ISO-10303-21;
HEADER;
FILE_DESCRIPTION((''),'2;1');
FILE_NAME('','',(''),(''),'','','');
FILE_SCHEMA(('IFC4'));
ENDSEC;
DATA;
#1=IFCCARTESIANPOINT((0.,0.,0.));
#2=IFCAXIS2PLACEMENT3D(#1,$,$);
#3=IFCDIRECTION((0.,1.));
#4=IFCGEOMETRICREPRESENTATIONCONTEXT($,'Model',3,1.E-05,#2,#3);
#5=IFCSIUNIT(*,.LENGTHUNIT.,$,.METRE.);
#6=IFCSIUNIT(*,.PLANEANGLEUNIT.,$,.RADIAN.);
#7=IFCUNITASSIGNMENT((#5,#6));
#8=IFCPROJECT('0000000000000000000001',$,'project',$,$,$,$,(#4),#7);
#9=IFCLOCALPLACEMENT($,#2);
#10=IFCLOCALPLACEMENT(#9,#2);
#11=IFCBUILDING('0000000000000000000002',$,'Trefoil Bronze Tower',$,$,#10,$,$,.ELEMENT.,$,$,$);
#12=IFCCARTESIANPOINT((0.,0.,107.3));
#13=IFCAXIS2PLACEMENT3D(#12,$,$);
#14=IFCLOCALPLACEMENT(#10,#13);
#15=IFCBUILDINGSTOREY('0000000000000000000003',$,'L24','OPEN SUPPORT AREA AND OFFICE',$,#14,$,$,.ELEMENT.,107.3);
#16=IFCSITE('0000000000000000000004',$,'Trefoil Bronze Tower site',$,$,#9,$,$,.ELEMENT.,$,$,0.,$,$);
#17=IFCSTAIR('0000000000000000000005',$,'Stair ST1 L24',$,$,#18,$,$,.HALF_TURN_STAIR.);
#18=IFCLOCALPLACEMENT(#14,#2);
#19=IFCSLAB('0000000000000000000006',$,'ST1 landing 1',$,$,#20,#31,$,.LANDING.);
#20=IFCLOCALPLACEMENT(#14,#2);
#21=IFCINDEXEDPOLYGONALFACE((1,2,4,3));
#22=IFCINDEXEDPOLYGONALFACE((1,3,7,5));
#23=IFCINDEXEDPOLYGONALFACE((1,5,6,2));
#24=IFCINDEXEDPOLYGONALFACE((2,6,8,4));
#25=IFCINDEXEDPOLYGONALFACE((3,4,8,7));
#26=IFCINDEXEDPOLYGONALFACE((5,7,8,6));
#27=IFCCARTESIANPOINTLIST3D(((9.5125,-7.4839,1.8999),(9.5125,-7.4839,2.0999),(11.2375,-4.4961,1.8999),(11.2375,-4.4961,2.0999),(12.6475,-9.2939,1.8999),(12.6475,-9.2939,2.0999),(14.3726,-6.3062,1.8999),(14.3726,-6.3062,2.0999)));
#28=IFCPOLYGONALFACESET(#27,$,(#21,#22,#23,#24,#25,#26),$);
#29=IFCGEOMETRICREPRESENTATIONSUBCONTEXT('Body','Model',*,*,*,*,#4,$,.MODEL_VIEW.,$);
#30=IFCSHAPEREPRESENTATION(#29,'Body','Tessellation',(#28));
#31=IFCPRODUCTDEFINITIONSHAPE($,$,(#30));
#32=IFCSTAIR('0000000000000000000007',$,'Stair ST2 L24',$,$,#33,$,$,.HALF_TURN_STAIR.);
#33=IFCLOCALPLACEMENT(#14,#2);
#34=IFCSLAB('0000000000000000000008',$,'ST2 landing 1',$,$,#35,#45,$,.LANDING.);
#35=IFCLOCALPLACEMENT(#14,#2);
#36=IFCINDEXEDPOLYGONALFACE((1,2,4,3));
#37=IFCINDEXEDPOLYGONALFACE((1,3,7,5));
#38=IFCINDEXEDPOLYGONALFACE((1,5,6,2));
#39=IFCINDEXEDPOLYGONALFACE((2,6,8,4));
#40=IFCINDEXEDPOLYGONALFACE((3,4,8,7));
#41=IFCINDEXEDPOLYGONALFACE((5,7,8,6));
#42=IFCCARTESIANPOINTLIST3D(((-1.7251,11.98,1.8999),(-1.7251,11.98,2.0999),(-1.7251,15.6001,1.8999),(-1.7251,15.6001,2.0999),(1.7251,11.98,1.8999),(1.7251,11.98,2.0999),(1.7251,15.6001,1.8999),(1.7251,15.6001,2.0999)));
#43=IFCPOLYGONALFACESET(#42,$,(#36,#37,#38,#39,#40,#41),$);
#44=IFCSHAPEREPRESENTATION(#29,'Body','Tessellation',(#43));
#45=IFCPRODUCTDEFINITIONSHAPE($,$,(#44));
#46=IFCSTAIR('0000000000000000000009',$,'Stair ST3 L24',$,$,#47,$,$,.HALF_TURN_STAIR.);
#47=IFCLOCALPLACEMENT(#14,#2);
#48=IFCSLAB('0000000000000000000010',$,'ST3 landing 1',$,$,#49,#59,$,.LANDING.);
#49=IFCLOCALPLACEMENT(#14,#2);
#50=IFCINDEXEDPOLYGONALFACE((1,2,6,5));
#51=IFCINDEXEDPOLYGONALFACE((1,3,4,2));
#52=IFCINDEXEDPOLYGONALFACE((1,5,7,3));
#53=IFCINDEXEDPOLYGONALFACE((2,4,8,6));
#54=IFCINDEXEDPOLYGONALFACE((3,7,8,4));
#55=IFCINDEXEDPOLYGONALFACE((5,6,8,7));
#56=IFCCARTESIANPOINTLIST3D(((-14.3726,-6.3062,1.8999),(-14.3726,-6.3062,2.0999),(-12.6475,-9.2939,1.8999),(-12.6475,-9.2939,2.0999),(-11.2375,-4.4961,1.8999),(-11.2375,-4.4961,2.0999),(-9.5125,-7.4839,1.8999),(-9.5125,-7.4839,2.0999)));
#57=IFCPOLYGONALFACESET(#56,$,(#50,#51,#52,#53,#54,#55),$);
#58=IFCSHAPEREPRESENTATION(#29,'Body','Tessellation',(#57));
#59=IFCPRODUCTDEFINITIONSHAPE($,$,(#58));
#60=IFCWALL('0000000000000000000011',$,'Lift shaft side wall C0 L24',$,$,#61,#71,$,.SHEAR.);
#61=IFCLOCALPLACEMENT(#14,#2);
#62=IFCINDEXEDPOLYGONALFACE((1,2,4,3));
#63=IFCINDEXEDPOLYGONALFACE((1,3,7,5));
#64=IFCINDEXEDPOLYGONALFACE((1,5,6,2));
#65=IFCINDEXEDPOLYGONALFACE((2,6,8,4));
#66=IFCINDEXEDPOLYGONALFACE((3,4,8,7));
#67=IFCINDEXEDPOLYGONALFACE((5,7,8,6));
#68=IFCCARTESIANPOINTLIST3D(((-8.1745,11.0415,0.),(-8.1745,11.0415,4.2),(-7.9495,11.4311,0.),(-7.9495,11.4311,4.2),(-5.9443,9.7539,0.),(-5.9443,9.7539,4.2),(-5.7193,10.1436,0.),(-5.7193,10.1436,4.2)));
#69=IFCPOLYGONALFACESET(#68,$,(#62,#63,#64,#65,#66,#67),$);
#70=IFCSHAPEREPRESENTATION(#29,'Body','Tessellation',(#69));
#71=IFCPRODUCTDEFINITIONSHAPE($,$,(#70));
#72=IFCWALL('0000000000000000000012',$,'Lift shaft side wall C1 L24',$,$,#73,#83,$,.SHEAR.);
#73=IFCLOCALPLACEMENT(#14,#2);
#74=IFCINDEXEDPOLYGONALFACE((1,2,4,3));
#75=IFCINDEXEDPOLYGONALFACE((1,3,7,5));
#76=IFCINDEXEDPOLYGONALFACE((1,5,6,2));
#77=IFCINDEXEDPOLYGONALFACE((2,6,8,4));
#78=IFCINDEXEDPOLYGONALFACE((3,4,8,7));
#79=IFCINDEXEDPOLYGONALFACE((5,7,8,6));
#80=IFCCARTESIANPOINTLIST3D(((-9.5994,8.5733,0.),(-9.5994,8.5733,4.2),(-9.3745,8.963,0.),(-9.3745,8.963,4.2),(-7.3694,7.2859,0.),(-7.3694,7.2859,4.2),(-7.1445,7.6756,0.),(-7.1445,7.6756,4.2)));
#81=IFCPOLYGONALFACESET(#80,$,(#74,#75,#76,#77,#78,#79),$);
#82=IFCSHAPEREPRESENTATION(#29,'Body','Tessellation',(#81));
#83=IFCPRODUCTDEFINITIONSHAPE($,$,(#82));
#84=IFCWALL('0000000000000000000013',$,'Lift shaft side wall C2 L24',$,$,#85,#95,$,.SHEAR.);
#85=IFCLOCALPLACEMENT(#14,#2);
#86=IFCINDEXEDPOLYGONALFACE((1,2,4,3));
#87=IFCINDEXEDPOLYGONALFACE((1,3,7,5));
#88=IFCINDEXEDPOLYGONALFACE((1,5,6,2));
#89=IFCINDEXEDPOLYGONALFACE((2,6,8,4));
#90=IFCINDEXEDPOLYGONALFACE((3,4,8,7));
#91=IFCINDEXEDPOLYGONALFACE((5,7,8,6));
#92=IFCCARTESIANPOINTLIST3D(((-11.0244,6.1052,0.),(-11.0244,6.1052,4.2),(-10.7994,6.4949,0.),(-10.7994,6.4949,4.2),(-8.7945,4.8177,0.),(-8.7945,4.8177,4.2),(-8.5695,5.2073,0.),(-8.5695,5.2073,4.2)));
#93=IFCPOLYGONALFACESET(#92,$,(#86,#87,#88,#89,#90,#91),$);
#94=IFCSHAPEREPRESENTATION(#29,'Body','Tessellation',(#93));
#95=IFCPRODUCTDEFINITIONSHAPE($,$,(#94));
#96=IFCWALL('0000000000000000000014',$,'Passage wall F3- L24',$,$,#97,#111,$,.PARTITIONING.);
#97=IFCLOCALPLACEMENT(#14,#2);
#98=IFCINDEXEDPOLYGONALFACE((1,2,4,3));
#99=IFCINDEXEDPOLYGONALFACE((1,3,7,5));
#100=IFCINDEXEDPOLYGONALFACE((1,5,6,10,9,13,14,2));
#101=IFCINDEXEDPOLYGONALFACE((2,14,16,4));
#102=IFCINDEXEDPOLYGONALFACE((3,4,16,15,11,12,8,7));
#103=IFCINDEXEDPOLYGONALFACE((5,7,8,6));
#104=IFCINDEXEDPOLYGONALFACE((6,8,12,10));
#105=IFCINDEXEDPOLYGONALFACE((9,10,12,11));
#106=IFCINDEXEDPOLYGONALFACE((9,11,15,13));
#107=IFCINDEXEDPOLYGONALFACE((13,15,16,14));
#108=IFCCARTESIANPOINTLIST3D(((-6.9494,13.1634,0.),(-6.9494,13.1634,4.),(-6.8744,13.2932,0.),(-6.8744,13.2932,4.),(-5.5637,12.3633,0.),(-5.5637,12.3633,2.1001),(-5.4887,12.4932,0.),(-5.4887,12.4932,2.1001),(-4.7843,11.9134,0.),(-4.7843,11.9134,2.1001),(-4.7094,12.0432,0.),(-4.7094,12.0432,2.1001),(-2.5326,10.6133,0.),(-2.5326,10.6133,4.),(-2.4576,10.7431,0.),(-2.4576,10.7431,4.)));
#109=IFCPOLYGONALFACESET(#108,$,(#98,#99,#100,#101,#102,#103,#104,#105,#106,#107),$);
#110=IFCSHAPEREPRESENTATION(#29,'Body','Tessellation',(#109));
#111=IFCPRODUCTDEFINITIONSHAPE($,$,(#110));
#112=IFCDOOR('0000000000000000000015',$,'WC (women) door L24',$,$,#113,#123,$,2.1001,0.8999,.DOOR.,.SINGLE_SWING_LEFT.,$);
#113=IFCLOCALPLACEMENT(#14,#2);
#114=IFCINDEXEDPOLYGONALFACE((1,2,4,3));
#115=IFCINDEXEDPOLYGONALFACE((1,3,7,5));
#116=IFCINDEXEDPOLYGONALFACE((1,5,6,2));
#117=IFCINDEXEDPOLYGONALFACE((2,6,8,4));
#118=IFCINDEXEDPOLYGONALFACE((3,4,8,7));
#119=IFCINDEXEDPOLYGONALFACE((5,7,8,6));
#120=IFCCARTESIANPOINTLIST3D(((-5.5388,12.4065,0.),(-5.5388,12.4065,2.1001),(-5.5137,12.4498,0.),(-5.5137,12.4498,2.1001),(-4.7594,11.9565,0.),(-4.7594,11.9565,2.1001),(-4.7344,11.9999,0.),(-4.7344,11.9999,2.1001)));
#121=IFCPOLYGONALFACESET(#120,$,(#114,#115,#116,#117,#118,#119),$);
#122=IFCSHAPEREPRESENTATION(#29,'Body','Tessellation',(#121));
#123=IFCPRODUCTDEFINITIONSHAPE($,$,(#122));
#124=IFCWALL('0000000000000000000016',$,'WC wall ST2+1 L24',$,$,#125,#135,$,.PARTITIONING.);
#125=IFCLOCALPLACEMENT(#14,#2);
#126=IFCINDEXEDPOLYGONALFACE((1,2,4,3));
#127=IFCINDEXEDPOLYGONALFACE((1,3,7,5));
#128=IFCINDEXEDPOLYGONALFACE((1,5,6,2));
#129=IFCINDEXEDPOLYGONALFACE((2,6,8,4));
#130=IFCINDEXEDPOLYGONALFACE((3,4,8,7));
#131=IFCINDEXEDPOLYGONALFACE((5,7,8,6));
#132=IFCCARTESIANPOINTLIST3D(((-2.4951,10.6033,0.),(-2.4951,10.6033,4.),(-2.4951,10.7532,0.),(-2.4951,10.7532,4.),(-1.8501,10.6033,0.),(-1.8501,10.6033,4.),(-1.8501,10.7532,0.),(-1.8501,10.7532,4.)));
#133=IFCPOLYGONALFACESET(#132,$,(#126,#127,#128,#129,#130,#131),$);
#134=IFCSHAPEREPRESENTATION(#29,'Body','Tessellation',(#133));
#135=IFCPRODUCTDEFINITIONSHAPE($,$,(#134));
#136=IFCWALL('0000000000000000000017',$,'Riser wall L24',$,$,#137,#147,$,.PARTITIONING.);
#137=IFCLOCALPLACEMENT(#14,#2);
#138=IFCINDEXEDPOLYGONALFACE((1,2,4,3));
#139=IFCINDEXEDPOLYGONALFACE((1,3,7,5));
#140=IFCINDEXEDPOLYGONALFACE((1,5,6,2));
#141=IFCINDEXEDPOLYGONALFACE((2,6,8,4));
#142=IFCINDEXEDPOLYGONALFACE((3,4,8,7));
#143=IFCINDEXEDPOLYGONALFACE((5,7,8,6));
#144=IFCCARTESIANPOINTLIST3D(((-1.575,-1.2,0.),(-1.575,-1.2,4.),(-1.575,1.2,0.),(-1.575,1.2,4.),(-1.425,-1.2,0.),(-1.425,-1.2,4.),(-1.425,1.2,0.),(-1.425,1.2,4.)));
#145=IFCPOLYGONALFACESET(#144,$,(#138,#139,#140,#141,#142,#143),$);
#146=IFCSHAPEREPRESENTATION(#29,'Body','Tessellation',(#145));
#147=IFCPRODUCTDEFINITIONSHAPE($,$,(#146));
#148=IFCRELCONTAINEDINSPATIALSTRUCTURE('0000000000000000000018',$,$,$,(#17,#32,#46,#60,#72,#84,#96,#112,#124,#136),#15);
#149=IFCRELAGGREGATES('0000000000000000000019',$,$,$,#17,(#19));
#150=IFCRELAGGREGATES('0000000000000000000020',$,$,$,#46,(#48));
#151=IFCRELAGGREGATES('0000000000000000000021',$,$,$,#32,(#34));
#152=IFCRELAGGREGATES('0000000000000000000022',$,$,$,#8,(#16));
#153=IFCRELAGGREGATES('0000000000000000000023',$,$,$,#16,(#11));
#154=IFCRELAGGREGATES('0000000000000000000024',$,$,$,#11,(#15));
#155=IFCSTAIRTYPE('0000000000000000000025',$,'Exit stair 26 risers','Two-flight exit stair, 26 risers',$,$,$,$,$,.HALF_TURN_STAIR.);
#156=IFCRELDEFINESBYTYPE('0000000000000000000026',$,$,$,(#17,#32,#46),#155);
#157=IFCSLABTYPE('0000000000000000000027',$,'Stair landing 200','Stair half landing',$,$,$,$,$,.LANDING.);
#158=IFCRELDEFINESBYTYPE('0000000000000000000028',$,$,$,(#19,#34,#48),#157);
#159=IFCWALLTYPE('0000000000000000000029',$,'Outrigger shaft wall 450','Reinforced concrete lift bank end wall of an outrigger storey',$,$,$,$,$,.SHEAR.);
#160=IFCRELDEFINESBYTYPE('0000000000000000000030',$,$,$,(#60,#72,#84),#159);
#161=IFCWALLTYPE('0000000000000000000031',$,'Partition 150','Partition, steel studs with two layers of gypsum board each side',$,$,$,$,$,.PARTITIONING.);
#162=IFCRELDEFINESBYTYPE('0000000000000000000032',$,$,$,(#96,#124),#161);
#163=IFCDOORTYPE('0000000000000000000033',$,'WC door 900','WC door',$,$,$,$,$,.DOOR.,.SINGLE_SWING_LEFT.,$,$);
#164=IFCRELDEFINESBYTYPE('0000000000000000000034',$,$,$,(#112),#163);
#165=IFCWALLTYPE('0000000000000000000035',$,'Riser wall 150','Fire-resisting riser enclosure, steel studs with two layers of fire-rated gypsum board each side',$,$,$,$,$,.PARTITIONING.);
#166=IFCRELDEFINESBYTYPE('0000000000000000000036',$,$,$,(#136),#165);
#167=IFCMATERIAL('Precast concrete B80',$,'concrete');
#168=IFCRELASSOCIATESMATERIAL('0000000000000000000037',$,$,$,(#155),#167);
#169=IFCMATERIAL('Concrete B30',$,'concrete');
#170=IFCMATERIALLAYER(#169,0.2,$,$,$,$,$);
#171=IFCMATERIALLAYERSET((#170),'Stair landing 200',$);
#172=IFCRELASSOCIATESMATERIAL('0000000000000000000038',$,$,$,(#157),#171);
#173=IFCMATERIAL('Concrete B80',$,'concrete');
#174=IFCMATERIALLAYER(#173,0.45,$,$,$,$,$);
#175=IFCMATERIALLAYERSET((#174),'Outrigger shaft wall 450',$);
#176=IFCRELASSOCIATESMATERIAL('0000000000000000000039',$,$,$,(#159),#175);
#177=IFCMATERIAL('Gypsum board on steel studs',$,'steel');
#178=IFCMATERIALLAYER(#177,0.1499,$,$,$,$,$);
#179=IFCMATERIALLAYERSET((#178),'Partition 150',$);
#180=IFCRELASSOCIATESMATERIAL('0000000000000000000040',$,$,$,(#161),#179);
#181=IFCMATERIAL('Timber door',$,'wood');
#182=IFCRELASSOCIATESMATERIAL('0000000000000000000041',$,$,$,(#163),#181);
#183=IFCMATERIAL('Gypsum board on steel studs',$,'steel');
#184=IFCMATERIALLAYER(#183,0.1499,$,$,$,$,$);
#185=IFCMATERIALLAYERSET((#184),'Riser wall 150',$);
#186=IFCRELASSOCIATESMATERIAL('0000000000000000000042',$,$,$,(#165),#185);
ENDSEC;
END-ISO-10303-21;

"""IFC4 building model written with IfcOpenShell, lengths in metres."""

from ifc_helpers import new_model, si_unit, direction, frame, frame_2d, origin, place, context, subcontext, project, spatial, polyline, rectangle, outline, extrude, material, layer, layer_set, type_object, element, fill, aggregate, save


model = new_model("IFC4")

# Units and contexts
model_context = context("Model", 3, precision=1e-05, world=origin(), true_north=direction((0.0, 1.0)))
body_context = subcontext(model_context, "Body", "Model", "MODEL_VIEW")
ifc_project = project(units=[si_unit("LENGTHUNIT", "METRE"), si_unit("PLANEANGLEUNIT", "RADIAN")], contexts=[model_context])

# Site, building, storey
site_placement = place(None, origin())
site = spatial("IfcSite", under=ifc_project, at=site_placement, Name="Trefoil Bronze Tower site", CompositionType="ELEMENT", RefElevation=0.0)
building_placement = place(site_placement, origin())
building = spatial("IfcBuilding", under=site, at=building_placement, Name="Trefoil Bronze Tower", CompositionType="ELEMENT")
storey_placement = place(building_placement, frame((0.0, 0.0, 107.3)))
storey = spatial("IfcBuildingStorey", under=building, at=storey_placement, Name="L24", Description="OPEN SUPPORT AREA AND OFFICE", CompositionType="ELEMENT", Elevation=107.3)

# Stairs, slabs
ifc_material_1 = material(Name="Precast concrete B80", Category="concrete")
stair_type = type_object("IfcStairType", Name="Exit stair 26 risers", Description="Two-flight exit stair, 26 risers", PredefinedType="HALF_TURN_STAIR", material=ifc_material_1)
stair_1_placement = place(storey_placement, origin())
stair_1 = element("IfcStair", 1, at=stair_1_placement, inside=storey, type_object=stair_type, Name="Stair ST1 L24", PredefinedType="HALF_TURN_STAIR")
ifc_material_2 = material(Name="Concrete B30", Category="concrete")
ifc_layer_1 = layer(ifc_material_2, 0.2)
ifc_layer_set_1 = layer_set([ifc_layer_1], Name="Stair landing 200")
slab_type = type_object("IfcSlabType", Name="Stair landing 200", Description="Stair half landing", PredefinedType="LANDING", material=ifc_layer_set_1)
slab_1_placement = place(storey_placement, frame((0.0, 0.0, 1.8999)))
slab_1 = element("IfcSlab", 2, at=slab_1_placement, type_object=slab_type, Name="ST1 landing 1", PredefinedType="LANDING", context=body_context, shape_type="SweptSolid", body=[
    extrude(outline(polyline([(9.5125, -7.4839), (12.6475, -9.2939), (14.3726, -6.3062), (11.2375, -4.4961), (9.5125, -7.4839)])), origin(), (0.0, 0.0, 1.0), 0.2),
])
aggregate(stair_1, [slab_1])
stair_2_placement = place(storey_placement, origin())
stair_2 = element("IfcStair", 3, at=stair_2_placement, inside=storey, type_object=stair_type, Name="Stair ST2 L24", PredefinedType="HALF_TURN_STAIR")
slab_2_placement = place(storey_placement, frame((0.0, 0.0, 1.8999)))
slab_2 = element("IfcSlab", 4, at=slab_2_placement, type_object=slab_type, Name="ST2 landing 1", PredefinedType="LANDING", context=body_context, shape_type="SweptSolid", body=[
    extrude(outline(polyline([(1.7251, 11.98), (1.7251, 15.6001), (-1.7251, 15.6001), (-1.7251, 11.98), (1.7251, 11.98)])), origin(), (0.0, 0.0, 1.0), 0.2),
])
stair_3_placement = place(storey_placement, origin())
stair_3 = element("IfcStair", 5, at=stair_3_placement, inside=storey, type_object=stair_type, Name="Stair ST3 L24", PredefinedType="HALF_TURN_STAIR")
slab_3_placement = place(storey_placement, frame((0.0, 0.0, 1.8999)))
slab_3 = element("IfcSlab", 6, at=slab_3_placement, type_object=slab_type, Name="ST3 landing 1", PredefinedType="LANDING", context=body_context, shape_type="SweptSolid", body=[
    extrude(outline(polyline([(-11.2375, -4.4961), (-14.3726, -6.3062), (-12.6475, -9.2939), (-9.5125, -7.4839), (-11.2375, -4.4961)])), origin(), (0.0, 0.0, 1.0), 0.2),
])
aggregate(stair_3, [slab_3])

# Walls
ifc_material_3 = material(Name="Concrete B80", Category="concrete")
ifc_layer_2 = layer(ifc_material_3, 0.45)
ifc_layer_set_2 = layer_set([ifc_layer_2], Name="Outrigger shaft wall 450")
wall_type_1 = type_object("IfcWallType", Name="Outrigger shaft wall 450", Description="Reinforced concrete lift bank end wall of an outrigger storey", PredefinedType="SHEAR", material=ifc_layer_set_2)
wall_1_placement = place(storey_placement, frame((-5.8318, 9.9487, 0.0), z_axis=(0.0, 0.0, 1.0), x_axis=(-0.866029, 0.499993, 0.0)))
element("IfcWall", 7, at=wall_1_placement, inside=storey, type_object=wall_type_1, Name="Lift shaft side wall C0 L24", PredefinedType="SHEAR", context=body_context, shape_type="SweptSolid", body=[
    extrude(rectangle(XDim=2.5752, YDim=0.45, at=frame_2d((1.2876, 0.0))), origin(), (0.0, 0.0, 1.0), 4.2),
])
for number, where, z_axis, x_axis, name in (
    (8, (-7.2568, 7.4807, 0.0), (0.0, 0.0, 1.0), (-0.866047, 0.499963, 0.0), "Lift shaft side wall C1 L24"),
    (9, (-8.6819, 5.0125, 0.0), (0.0, 0.0, 1.0), (-0.866006, 0.500034, 0.0), "Lift shaft side wall C2 L24"),
):
    element("IfcWall", number, at=place(storey_placement, frame(where, z_axis=z_axis, x_axis=x_axis)), inside=storey, type_object=wall_type_1, Name=name, PredefinedType="SHEAR", context=body_context, shape_type="SweptSolid", body=[
        extrude(rectangle(XDim=2.575, YDim=0.45, at=frame_2d((1.2876, 0.0))), origin(), (0.0, 0.0, 1.0), 4.2),
    ])

# Wall, opening, door
ifc_material_4 = material(Name="Gypsum board on steel studs", Category="steel")
ifc_layer_3 = layer(ifc_material_4, 0.1499)
ifc_layer_set_3 = layer_set([ifc_layer_3], Name="Partition 150")
wall_type_2 = type_object("IfcWallType", Name="Partition 150", Description="Partition, steel studs with two layers of gypsum board each side", PredefinedType="PARTITIONING", material=ifc_layer_set_3)
wall_2_placement = place(storey_placement, frame((-2.4951, 10.6782, 0.0), z_axis=(0.0, 0.0, 1.0), x_axis=(-0.866022, 0.500006, 0.0)))
wall_2 = element("IfcWall", 10, at=wall_2_placement, inside=storey, type_object=wall_type_2, Name="Passage wall F3- L24", PredefinedType="PARTITIONING", context=body_context, shape_type="SweptSolid", body=[
    extrude(rectangle(XDim=5.1001, YDim=0.1499, at=frame_2d((2.55, 0.0))), origin(), (0.0, 0.0, 1.0), 4.0),
])
opening_1_placement = place(wall_2_placement, frame((2.6001, 0.0, 0.0)))
opening_1 = element("IfcOpeningElement", 11, at=opening_1_placement, cuts=wall_2, PredefinedType="OPENING", context=body_context, shape_type="SweptSolid", body=[
    extrude(rectangle(XDim=0.8999, YDim=2.1001, at=frame_2d((0.45, 1.05))), frame((0.0, 0.085, 0.0), z_axis=(0.0, -1.0, 0.0), x_axis=(1.0, 0.0, 0.0)), (0.0, 0.0, 1.0), 0.1699),
])
ifc_material_5 = material(Name="Timber door", Category="wood")
door_type_1 = type_object("IfcDoorType", Name="WC door 900", Description="WC door", OperationType="SINGLE_SWING_LEFT", PredefinedType="DOOR", material=ifc_material_5)
door_1_placement = place(opening_1_placement, frame((0.8999, 0.0, 0.0), z_axis=(0.0, 0.0, 1.0), x_axis=(-1.0, 0.0, 0.0)))
door_1 = element("IfcDoor", 12, at=door_1_placement, inside=storey, type_object=door_type_1, Name="WC (women) door L24", OperationType="SINGLE_SWING_LEFT", OverallHeight=2.1001, OverallWidth=0.8999, PredefinedType="DOOR", context=body_context, shape_type="SweptSolid", body=[
    extrude(rectangle(XDim=0.8999, YDim=2.1001, at=frame_2d((0.45, 1.05))), frame((0.0, 0.0249, 0.0), z_axis=(0.0, -1.0, 0.0), x_axis=(1.0, 0.0, 0.0)), (0.0, 0.0, 1.0), 0.05),
])
fill(opening_1, door_1)

# Walls
wall_3_placement = place(storey_placement, frame((-2.4951, 10.6782, 0.0), z_axis=(0.0, 0.0, 1.0), x_axis=(1.0, 0.0, 0.0)))
element("IfcWall", 13, at=wall_3_placement, inside=storey, type_object=wall_type_2, Name="WC wall ST2+1 L24", PredefinedType="PARTITIONING", context=body_context, shape_type="SweptSolid", body=[
    extrude(rectangle(XDim=0.645, YDim=0.1499, at=frame_2d((0.3225, 0.0))), origin(), (0.0, 0.0, 1.0), 4.0),
])
ifc_material_6 = material(Name="Gypsum board on steel studs", Category="steel")
ifc_layer_4 = layer(ifc_material_6, 0.1499)
ifc_layer_set_4 = layer_set([ifc_layer_4], Name="Riser wall 150")
wall_type_3 = type_object("IfcWallType", Name="Riser wall 150", Description="Fire-resisting riser enclosure, steel studs with two layers of fire-rated gypsum board each side", PredefinedType="PARTITIONING", material=ifc_layer_set_4)
wall_4_placement = place(storey_placement, frame((-1.5, 1.2, 0.0), z_axis=(0.0, 0.0, 1.0), x_axis=(0.0, -1.0, 0.0)))
element("IfcWall", 14, at=wall_4_placement, inside=storey, type_object=wall_type_3, Name="Riser wall L24", PredefinedType="PARTITIONING", context=body_context, shape_type="SweptSolid", body=[
    extrude(rectangle(XDim=2.3999, YDim=0.1499, at=frame_2d((1.2, 0.0))), origin(), (0.0, 0.0, 1.0), 4.0),
])

aggregate(stair_2, [slab_2])

save(model, "model.ifc")
